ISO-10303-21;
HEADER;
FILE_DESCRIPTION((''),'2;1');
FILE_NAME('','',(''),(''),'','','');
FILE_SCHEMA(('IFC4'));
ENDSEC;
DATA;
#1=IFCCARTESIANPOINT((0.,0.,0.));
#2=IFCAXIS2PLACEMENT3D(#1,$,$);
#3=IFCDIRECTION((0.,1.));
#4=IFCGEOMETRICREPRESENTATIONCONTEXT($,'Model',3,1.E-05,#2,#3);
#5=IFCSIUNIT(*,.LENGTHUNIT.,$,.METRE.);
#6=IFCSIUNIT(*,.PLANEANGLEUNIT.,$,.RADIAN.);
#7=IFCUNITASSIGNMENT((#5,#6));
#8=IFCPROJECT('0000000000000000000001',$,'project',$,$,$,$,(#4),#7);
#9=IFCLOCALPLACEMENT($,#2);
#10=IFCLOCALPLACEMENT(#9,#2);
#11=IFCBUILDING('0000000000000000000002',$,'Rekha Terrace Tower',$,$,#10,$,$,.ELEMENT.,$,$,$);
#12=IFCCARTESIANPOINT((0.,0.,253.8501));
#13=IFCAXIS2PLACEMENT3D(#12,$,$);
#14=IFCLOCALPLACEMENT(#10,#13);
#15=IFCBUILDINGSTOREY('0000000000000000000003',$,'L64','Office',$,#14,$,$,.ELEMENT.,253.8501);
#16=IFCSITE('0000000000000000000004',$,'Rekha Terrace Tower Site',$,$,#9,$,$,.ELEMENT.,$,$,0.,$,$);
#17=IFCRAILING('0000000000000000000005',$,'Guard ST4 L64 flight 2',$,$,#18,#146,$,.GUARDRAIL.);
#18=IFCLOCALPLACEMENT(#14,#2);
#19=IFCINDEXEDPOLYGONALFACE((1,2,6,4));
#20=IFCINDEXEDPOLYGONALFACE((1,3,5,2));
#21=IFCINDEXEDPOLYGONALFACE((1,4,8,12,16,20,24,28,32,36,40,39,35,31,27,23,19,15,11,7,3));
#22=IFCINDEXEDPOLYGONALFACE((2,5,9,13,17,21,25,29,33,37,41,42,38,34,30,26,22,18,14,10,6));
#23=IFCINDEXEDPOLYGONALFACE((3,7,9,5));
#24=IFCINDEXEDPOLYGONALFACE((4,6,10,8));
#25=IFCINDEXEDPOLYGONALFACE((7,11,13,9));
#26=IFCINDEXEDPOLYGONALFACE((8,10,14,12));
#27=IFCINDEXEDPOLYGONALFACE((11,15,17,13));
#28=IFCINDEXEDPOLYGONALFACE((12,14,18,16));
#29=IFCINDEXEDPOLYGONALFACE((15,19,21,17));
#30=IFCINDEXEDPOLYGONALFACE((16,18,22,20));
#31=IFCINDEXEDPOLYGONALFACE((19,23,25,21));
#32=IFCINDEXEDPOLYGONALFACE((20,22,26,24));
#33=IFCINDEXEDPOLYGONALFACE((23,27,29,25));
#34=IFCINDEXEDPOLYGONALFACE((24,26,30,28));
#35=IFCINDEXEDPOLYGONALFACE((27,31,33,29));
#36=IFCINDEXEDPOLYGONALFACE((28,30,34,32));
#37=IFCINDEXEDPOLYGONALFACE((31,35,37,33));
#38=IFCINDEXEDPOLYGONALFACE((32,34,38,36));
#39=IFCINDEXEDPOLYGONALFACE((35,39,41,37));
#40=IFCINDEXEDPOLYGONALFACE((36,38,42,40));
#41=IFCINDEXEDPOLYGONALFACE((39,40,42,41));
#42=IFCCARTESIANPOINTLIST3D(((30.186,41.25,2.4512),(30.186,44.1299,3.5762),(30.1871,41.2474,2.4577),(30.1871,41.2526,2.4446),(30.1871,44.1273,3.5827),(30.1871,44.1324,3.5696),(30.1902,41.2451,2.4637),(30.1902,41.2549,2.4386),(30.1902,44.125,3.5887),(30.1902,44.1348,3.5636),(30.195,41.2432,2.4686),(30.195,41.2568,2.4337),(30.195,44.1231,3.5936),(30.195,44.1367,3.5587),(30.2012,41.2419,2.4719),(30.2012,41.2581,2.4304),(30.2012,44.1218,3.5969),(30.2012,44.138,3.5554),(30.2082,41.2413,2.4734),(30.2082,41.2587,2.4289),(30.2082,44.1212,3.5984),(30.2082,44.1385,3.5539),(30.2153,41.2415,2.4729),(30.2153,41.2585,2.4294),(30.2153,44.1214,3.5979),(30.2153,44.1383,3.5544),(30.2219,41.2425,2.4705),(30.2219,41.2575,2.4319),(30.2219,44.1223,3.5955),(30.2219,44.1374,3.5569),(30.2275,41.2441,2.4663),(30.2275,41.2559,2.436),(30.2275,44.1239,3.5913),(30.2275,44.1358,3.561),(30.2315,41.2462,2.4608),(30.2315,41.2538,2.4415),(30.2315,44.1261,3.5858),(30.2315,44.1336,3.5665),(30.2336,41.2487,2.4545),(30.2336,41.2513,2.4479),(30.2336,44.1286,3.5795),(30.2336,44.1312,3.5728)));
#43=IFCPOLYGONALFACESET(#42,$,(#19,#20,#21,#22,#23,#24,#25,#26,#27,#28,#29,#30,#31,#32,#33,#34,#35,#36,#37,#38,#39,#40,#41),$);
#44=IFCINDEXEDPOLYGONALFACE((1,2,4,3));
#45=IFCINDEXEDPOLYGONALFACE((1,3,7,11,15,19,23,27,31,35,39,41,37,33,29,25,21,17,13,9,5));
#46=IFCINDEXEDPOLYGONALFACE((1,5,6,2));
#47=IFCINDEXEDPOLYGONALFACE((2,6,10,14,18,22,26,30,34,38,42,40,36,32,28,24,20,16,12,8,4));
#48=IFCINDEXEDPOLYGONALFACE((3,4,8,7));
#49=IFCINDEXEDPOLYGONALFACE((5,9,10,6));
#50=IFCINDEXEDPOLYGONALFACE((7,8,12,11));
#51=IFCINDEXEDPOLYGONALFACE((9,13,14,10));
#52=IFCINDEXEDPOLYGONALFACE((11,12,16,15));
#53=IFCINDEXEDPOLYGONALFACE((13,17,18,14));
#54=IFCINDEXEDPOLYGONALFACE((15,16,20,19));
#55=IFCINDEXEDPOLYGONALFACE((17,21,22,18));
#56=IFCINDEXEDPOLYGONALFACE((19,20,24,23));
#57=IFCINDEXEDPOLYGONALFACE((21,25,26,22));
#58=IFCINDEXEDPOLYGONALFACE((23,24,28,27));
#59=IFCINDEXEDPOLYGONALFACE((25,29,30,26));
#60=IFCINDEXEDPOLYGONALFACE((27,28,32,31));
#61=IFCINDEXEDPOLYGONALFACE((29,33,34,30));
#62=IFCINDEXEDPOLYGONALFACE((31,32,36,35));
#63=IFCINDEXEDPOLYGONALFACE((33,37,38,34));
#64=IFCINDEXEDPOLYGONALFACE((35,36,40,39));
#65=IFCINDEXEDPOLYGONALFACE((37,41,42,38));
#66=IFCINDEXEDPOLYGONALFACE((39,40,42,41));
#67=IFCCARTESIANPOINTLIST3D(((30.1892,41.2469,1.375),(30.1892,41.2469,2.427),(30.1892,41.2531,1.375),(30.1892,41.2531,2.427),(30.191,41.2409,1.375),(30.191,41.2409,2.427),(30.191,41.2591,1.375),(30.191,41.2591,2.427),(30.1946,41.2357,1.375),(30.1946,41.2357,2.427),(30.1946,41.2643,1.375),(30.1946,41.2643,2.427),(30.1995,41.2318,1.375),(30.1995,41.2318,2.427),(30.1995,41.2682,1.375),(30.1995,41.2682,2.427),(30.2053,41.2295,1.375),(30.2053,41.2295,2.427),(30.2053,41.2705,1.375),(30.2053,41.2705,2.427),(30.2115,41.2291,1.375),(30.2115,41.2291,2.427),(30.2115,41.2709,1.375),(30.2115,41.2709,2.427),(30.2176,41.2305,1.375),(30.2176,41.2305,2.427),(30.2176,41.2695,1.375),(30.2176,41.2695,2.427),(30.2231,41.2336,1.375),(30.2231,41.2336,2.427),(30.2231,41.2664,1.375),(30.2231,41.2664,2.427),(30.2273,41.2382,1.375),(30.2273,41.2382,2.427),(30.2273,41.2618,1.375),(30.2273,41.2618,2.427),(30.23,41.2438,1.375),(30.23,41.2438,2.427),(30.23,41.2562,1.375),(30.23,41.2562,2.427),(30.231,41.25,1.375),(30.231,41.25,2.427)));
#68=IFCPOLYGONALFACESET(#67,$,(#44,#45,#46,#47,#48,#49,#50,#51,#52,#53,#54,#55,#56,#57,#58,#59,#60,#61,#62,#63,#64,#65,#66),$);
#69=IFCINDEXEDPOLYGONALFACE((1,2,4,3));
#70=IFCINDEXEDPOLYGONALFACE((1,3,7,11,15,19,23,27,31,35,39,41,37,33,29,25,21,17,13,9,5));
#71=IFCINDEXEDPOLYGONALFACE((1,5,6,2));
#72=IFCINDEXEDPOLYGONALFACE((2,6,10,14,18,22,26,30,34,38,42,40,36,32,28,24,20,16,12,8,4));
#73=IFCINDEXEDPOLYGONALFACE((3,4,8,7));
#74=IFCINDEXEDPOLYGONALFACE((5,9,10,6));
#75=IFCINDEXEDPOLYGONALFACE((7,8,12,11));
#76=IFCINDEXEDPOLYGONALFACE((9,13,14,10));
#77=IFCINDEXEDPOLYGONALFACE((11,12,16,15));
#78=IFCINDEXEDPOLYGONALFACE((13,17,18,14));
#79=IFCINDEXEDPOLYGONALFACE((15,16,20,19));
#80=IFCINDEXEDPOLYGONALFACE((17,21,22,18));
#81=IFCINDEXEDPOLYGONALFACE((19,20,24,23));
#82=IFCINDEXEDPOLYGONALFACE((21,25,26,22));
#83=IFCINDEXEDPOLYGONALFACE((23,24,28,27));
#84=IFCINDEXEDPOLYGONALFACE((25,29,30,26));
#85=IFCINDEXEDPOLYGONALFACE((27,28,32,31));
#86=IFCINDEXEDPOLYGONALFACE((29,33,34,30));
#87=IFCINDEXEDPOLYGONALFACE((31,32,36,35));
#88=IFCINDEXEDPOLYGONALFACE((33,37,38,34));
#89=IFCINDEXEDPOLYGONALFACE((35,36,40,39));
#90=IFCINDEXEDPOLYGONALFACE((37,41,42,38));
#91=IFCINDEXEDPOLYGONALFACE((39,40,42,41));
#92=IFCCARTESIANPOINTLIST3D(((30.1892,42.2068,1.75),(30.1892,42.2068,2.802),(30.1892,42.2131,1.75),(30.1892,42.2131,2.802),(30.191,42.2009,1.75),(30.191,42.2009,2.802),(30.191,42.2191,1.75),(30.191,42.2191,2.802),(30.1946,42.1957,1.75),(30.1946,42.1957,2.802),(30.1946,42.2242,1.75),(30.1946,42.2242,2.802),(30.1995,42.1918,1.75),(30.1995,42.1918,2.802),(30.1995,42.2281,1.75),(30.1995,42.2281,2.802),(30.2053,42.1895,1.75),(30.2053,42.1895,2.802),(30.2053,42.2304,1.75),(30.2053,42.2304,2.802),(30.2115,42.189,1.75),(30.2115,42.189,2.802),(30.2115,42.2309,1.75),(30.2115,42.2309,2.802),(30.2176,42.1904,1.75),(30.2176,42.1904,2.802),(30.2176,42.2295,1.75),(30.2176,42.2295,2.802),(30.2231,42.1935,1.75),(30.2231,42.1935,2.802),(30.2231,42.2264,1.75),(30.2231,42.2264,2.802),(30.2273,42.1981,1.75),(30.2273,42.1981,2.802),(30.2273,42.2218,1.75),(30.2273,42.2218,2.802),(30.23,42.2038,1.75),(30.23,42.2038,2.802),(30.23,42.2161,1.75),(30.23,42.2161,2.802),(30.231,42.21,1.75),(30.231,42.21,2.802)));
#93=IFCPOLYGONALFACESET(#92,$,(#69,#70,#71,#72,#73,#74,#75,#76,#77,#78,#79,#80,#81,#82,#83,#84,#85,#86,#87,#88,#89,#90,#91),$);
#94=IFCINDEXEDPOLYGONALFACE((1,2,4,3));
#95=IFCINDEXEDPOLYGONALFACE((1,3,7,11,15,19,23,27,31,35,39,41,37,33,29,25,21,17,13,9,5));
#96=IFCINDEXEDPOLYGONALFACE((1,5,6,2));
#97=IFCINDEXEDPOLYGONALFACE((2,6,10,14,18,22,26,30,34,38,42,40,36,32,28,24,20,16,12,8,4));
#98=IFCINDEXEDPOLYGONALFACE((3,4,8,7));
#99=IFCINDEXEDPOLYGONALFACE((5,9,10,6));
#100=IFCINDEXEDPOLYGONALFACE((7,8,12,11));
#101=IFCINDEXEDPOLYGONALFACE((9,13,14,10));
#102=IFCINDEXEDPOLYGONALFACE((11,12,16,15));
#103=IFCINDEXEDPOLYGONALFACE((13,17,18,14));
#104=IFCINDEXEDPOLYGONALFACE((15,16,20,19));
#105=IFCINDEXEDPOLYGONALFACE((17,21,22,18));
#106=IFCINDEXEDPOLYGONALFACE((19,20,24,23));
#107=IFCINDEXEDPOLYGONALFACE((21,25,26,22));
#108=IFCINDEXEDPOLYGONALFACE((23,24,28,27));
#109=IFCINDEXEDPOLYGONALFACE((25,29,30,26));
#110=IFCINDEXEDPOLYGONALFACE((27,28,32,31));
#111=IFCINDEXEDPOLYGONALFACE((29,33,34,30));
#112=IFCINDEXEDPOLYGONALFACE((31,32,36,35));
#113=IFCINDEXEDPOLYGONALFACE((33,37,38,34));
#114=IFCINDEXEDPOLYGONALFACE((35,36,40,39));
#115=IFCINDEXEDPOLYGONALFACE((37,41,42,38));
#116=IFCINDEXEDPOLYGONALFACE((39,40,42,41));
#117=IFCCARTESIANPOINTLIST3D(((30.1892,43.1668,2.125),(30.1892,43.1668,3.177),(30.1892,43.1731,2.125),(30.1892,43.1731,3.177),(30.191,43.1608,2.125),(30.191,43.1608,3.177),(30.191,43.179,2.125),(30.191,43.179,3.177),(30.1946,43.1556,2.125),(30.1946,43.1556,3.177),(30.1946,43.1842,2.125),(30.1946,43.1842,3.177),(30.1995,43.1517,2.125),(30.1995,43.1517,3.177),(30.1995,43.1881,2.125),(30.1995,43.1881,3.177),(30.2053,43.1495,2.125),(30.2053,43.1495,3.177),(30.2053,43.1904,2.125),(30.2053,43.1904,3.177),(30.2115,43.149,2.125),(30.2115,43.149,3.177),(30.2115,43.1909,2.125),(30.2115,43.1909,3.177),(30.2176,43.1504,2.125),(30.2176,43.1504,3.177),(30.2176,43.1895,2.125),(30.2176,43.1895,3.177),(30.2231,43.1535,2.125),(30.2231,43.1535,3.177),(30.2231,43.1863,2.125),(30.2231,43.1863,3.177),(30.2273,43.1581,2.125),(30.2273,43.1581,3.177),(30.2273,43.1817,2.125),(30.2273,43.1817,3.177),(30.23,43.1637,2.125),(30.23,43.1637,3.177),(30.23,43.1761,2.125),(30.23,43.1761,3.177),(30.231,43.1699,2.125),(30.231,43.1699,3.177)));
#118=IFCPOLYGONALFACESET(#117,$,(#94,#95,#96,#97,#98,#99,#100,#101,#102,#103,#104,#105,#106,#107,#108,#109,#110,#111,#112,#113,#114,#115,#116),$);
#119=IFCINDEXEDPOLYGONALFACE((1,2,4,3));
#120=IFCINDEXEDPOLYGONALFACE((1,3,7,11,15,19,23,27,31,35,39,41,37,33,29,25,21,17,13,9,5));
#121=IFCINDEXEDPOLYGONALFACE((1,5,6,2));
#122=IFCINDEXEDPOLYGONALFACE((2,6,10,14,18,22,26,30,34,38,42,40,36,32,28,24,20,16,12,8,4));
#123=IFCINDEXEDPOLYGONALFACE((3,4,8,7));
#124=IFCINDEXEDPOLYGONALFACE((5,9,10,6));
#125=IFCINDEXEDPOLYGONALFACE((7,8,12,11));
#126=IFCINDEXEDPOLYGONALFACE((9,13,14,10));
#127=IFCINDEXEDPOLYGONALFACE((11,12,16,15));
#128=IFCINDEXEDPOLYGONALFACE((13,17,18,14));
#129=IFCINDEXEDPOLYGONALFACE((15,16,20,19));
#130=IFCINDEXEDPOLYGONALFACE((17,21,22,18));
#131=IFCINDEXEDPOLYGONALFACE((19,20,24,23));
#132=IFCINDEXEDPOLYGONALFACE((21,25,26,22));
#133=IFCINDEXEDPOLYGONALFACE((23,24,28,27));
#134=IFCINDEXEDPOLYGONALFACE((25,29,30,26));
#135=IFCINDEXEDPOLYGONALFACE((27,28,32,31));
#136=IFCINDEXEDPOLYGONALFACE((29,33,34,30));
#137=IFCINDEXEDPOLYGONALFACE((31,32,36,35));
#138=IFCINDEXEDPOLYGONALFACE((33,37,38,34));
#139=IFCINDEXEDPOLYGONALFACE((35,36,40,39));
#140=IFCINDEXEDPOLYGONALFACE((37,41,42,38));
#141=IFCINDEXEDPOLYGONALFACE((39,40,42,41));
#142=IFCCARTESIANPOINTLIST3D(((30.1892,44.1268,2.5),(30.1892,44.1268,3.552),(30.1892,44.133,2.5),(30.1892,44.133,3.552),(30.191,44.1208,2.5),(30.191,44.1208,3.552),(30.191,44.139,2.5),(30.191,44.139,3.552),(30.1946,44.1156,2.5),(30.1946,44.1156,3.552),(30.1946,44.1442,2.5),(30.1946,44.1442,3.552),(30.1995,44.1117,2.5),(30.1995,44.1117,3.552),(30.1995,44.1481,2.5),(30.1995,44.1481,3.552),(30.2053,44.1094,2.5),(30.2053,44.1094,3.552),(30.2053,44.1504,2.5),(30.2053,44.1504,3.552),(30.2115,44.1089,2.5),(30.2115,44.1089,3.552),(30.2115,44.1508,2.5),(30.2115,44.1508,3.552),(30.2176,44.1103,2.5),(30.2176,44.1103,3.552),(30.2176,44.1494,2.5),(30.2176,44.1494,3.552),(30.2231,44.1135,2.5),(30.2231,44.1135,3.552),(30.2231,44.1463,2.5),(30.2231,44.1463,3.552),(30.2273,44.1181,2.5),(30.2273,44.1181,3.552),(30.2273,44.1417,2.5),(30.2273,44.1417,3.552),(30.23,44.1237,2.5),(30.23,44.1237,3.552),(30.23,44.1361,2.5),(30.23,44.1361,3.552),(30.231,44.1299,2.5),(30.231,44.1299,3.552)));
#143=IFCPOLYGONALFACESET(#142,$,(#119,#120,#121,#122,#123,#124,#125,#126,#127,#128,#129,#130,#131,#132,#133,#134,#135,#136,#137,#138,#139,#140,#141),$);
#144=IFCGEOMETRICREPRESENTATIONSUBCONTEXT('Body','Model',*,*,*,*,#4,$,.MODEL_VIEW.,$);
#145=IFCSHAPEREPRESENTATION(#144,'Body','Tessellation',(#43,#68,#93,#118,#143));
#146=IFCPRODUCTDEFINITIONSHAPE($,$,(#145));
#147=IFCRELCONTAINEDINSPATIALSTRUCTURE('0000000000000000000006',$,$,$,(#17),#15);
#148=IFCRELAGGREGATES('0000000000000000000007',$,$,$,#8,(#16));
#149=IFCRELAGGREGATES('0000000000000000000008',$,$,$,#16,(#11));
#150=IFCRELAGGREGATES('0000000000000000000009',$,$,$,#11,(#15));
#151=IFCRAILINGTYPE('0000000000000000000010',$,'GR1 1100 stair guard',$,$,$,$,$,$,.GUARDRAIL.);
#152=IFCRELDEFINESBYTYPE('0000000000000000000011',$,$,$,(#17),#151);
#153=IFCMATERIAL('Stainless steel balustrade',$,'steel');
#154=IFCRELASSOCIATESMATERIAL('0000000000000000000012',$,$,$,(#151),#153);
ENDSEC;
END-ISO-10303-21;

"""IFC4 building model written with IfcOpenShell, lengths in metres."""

from ifc_helpers import new_model, si_unit, direction, frame, origin, origin_2d, place, context, subcontext, project, spatial, circle, extrude, material, type_object, element, save


model = new_model("IFC4")

# Units and contexts
model_context = context("Model", 3, precision=1e-05, world=origin(), true_north=direction((0.0, 1.0)))
body_context = subcontext(model_context, "Body", "Model", "MODEL_VIEW")
ifc_project = project(units=[si_unit("LENGTHUNIT", "METRE"), si_unit("PLANEANGLEUNIT", "RADIAN")], contexts=[model_context])

# Site, building, storey
site_placement = place(None, origin())
site = spatial("IfcSite", under=ifc_project, at=site_placement, Name="Rekha Terrace Tower Site", CompositionType="ELEMENT", RefElevation=0.0)
building_placement = place(site_placement, origin())
building = spatial("IfcBuilding", under=site, at=building_placement, Name="Rekha Terrace Tower", CompositionType="ELEMENT")
storey_placement = place(building_placement, frame((0.0, 0.0, 253.8501)))
storey = spatial("IfcBuildingStorey", under=building, at=storey_placement, Name="L64", Description="Office", CompositionType="ELEMENT", Elevation=253.8501)

# Railing
ifc_material_1 = material(Name="Stainless steel balustrade", Category="steel")
railing_type_1 = type_object("IfcRailingType", Name="GR1 1100 stair guard", PredefinedType="GUARDRAIL", material=ifc_material_1)
railing_1_placement = place(storey_placement, frame((30.21, 41.25, 1.375)))
element("IfcRailing", 1, at=railing_1_placement, inside=storey, type_object=railing_type_1, Name="Guard ST4 L64 flight 2", PredefinedType="GUARDRAIL", context=body_context, shape_type="SweptSolid", body=[
    extrude(circle(Radius=0.0239, at=origin_2d()), frame((0.0, 0.0, 1.0762), z_axis=(0.0, 0.931452, 0.363863), x_axis=(-1.0, 0.0, 0.0)), (0.0, 0.0, 1.0), 3.0918),
    extrude(circle(Radius=0.021, at=origin_2d()), origin(), (0.0, 0.0, 1.0), 1.052),
    extrude(circle(Radius=0.021, at=origin_2d()), frame((0.0, 0.96, 0.375)), (0.0, 0.0, 1.0), 1.052),
    extrude(circle(Radius=0.021, at=origin_2d()), frame((0.0, 1.9199, 0.75)), (0.0, 0.0, 1.0), 1.052),
    extrude(circle(Radius=0.021, at=origin_2d()), frame((0.0, 2.8799, 1.125)), (0.0, 0.0, 1.0), 1.052),
])

save(model, "model.ifc")
